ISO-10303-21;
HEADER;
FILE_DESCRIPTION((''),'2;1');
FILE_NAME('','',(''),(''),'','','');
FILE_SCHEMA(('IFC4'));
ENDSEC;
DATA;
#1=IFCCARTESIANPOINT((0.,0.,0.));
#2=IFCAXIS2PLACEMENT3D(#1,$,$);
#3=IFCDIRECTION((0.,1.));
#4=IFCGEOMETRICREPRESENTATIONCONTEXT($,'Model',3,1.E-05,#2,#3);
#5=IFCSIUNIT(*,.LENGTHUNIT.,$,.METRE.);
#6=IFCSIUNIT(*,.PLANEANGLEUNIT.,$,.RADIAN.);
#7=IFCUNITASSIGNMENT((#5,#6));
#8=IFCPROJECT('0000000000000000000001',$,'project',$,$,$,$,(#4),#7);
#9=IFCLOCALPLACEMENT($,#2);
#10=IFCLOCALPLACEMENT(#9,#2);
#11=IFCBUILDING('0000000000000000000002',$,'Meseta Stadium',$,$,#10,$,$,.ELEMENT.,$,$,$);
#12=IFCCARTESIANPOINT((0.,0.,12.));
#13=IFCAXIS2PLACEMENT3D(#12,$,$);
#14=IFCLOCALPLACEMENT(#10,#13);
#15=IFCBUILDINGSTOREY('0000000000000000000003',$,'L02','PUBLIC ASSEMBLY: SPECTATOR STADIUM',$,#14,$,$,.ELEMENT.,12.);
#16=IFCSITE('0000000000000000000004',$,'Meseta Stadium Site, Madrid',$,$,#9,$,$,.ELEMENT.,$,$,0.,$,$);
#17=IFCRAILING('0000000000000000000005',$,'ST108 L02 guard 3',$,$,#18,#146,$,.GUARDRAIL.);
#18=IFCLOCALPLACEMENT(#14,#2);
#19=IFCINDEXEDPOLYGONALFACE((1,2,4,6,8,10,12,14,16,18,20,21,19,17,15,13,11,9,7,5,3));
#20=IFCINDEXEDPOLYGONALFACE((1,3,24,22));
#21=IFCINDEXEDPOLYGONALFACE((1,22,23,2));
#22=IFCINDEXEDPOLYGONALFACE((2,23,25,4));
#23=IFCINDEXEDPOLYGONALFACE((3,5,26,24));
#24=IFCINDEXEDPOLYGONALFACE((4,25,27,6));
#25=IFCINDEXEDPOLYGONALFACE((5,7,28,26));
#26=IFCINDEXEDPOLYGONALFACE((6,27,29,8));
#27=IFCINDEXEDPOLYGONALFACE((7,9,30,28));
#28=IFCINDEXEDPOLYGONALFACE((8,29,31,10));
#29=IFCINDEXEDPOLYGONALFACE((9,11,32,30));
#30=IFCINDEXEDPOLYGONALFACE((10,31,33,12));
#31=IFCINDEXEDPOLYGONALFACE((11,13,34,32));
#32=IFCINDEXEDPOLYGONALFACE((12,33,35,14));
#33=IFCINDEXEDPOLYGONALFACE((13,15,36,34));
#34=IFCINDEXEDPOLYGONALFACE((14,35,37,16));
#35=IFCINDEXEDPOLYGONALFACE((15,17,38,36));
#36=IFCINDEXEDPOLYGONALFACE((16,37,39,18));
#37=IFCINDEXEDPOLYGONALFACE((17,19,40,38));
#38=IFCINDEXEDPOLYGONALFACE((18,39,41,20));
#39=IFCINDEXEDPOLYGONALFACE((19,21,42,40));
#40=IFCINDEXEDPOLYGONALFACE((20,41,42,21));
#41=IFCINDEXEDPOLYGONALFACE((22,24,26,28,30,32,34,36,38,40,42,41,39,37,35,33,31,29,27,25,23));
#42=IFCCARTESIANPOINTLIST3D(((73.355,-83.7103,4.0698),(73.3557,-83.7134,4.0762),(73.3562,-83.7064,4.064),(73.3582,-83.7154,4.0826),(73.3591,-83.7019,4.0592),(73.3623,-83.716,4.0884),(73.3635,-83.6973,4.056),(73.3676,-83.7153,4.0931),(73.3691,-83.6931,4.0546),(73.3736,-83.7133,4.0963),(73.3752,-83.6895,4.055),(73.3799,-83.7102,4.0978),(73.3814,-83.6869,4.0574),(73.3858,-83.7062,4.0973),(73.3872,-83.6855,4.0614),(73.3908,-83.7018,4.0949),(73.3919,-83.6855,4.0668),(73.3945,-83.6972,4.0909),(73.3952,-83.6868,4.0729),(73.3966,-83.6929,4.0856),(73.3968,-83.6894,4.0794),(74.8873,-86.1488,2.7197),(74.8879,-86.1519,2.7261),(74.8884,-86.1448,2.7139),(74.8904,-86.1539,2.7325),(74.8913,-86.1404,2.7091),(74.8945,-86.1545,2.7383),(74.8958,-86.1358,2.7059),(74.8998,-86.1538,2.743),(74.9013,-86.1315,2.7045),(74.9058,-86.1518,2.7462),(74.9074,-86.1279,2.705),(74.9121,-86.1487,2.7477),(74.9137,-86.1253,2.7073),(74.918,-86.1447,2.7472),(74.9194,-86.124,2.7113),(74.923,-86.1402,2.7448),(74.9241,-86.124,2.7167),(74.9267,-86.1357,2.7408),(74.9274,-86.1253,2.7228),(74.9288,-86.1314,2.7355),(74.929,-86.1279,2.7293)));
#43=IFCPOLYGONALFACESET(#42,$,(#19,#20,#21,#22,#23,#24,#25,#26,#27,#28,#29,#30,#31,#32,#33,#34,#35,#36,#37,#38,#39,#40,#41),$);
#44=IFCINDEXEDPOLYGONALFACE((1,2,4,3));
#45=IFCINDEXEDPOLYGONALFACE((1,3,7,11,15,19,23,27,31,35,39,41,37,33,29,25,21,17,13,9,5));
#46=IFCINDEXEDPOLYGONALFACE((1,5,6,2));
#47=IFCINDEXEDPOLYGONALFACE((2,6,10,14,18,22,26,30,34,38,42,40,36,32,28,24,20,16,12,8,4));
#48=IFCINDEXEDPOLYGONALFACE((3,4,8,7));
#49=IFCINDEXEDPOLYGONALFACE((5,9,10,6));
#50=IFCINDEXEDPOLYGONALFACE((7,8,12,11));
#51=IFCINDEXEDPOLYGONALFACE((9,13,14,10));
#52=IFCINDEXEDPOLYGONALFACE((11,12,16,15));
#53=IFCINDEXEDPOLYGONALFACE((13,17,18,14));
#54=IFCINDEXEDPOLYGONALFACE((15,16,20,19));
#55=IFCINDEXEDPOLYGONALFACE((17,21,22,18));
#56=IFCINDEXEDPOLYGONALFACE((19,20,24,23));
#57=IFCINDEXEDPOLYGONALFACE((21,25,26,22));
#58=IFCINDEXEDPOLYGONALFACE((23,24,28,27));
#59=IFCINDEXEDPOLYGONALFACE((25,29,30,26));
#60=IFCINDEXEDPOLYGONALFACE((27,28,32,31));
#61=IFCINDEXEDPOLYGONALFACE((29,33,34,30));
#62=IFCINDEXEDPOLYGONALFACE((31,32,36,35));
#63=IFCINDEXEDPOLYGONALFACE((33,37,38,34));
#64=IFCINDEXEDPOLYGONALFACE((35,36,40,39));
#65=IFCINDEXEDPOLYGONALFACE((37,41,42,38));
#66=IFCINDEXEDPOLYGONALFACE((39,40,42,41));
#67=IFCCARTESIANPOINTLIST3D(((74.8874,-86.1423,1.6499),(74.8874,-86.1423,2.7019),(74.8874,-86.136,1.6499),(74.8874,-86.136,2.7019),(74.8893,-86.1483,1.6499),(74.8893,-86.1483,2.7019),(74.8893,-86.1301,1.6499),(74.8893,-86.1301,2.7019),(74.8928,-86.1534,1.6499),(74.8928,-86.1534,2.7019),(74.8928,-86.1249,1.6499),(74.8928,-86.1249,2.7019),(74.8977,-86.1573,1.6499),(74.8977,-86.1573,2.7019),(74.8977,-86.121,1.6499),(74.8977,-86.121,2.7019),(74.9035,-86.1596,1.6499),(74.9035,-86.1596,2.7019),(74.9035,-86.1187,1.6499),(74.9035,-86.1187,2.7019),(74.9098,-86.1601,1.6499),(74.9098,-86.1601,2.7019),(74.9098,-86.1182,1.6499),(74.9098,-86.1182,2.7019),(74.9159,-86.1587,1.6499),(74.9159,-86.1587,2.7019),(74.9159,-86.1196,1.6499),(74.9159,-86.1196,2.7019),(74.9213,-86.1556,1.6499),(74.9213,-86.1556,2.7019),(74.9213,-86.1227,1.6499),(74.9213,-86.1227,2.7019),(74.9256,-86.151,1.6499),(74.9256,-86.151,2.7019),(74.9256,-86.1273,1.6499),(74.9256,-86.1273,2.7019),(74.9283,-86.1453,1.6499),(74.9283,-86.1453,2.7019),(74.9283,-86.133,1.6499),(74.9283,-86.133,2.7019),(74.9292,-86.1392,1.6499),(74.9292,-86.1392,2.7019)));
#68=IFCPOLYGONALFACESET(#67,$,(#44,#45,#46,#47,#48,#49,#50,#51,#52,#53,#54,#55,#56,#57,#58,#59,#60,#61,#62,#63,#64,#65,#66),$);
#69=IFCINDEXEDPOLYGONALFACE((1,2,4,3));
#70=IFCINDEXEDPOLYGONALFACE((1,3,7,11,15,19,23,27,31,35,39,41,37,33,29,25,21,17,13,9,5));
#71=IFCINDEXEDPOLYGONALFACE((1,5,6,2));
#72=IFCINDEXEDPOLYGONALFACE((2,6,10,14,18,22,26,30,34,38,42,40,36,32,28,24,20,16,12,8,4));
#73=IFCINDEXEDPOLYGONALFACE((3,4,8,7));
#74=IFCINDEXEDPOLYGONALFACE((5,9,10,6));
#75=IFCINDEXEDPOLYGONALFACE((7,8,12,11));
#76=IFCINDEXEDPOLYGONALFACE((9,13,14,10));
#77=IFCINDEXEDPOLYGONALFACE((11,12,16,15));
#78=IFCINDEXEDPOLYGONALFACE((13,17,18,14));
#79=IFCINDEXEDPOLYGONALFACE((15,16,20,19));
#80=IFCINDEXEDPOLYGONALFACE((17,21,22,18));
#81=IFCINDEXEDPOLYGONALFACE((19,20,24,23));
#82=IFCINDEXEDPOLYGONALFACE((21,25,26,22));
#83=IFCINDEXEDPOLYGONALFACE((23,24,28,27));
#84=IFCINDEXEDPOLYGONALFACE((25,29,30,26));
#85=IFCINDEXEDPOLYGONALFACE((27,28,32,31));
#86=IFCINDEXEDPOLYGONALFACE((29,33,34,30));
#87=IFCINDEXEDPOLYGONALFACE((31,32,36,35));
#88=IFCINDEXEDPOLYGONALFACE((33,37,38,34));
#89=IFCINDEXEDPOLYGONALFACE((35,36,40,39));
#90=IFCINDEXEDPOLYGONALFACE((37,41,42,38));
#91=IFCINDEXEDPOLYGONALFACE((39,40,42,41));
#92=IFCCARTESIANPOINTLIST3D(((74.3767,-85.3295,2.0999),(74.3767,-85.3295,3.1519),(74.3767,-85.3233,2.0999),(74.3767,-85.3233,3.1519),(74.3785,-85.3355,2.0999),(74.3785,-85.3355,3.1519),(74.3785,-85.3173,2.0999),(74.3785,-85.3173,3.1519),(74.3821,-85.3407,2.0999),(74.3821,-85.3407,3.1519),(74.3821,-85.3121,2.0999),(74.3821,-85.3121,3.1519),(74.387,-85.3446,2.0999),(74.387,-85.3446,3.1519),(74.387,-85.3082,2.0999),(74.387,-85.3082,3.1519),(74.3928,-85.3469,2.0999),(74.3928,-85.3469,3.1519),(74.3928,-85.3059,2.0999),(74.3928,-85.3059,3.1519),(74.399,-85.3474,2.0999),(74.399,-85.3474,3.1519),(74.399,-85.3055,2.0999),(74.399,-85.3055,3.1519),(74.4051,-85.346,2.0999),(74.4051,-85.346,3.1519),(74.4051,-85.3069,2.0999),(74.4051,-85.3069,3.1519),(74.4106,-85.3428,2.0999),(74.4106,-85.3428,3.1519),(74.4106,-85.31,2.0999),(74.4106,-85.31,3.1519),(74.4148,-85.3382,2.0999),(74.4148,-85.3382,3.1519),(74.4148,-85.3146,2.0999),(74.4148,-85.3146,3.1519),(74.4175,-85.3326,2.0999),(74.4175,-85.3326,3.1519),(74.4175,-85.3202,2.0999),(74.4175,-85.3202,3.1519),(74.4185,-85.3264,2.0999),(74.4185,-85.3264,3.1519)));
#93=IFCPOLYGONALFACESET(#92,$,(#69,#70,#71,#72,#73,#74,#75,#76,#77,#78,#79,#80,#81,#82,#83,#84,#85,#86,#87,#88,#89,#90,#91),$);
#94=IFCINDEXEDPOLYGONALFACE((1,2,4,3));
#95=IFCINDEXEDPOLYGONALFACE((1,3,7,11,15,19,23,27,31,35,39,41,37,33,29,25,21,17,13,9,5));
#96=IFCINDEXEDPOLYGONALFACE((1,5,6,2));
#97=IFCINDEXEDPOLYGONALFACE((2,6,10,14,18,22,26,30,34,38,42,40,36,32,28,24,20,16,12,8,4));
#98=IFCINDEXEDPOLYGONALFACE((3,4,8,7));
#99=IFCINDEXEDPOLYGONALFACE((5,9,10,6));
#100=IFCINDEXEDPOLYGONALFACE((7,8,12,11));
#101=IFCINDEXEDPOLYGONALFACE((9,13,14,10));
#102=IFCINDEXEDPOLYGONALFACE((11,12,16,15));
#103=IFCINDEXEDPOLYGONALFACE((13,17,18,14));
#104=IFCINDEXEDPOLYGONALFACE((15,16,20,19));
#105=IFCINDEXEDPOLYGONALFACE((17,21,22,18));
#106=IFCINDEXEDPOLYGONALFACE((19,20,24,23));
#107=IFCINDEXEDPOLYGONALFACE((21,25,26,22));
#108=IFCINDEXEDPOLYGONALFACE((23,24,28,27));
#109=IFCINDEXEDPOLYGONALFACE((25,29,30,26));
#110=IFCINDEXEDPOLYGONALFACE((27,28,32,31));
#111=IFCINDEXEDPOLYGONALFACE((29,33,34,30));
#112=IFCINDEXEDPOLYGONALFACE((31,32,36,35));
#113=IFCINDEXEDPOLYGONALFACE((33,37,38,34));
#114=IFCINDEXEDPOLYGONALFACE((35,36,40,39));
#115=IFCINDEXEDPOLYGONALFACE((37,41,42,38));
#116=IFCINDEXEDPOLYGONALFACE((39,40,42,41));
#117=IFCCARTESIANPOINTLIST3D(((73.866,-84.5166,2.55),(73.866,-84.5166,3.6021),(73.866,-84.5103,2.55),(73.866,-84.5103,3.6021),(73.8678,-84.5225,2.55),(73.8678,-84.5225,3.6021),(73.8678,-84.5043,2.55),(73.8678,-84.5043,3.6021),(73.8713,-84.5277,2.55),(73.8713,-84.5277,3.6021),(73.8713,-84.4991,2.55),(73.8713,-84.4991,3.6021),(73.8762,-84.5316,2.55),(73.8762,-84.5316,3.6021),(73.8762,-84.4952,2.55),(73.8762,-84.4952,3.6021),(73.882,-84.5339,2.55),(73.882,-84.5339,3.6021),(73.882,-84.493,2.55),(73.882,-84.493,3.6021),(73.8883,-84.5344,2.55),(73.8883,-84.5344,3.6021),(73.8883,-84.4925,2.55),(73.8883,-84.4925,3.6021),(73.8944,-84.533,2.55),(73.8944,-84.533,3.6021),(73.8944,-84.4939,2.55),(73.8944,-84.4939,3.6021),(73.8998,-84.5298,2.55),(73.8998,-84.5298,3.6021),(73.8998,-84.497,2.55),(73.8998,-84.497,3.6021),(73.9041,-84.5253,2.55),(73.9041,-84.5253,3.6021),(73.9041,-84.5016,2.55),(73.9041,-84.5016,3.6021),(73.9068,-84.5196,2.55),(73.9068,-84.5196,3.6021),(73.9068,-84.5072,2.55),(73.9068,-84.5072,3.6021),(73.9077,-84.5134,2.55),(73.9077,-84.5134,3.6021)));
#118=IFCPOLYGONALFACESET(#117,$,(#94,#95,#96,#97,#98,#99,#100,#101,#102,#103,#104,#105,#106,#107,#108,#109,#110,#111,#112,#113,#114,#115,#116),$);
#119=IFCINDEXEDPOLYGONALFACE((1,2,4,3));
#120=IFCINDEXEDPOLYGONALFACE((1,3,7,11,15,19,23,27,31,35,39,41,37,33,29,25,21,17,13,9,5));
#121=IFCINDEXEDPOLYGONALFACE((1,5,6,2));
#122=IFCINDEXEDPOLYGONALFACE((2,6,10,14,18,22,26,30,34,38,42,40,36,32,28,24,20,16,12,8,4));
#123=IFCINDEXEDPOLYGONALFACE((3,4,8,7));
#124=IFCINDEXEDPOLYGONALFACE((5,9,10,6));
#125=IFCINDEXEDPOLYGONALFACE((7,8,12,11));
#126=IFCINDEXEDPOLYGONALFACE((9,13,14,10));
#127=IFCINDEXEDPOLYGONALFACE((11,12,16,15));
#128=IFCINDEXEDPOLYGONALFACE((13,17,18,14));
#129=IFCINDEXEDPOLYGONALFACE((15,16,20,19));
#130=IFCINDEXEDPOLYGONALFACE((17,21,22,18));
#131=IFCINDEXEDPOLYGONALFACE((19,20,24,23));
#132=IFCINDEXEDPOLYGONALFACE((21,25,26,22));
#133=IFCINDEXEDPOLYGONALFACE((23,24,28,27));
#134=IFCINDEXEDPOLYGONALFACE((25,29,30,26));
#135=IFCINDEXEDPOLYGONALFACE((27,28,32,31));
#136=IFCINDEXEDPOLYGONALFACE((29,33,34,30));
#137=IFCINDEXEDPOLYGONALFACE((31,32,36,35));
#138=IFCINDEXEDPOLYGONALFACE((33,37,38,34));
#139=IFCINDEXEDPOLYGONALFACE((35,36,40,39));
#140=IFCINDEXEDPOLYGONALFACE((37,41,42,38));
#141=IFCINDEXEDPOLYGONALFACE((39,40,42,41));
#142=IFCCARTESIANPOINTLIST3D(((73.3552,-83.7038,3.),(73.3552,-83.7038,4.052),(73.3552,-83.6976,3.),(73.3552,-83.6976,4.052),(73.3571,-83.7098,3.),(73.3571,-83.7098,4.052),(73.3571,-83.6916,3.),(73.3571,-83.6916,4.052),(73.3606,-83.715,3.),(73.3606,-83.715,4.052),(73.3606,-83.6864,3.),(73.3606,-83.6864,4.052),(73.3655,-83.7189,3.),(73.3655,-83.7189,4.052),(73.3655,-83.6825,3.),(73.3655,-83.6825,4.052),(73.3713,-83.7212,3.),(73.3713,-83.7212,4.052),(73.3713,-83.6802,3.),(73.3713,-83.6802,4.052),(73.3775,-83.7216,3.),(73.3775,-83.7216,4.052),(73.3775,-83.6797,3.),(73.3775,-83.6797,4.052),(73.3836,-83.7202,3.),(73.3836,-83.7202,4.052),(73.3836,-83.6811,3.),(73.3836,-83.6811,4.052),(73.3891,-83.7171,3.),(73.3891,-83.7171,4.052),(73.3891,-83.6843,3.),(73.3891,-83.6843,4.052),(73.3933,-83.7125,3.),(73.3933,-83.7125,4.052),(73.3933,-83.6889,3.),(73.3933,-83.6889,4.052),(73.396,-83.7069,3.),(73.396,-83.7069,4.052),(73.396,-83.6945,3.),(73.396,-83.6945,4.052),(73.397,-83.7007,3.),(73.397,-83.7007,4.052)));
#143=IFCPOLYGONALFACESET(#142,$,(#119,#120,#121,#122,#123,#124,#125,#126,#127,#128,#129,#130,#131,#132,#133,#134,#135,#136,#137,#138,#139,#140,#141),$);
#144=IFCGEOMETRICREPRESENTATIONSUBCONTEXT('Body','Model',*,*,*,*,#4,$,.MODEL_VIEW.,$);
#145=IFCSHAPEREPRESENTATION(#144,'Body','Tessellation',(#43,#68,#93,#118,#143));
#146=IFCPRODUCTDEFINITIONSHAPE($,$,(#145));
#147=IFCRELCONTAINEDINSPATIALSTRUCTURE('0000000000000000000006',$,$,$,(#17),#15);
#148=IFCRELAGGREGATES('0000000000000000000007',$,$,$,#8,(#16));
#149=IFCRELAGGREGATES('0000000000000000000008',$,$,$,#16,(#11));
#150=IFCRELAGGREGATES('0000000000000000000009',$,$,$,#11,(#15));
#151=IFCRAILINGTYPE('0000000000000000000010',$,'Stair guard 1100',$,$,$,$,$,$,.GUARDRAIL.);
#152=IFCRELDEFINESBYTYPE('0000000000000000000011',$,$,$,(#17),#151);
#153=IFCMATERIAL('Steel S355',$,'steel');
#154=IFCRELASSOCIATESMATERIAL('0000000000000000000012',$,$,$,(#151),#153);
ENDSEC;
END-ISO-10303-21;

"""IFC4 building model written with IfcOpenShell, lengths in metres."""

from ifc_helpers import new_model, si_unit, direction, frame, origin, origin_2d, place, context, subcontext, project, spatial, circle, extrude, material, type_object, element, save


model = new_model("IFC4")

# Units and contexts
model_context = context("Model", 3, precision=1e-05, world=origin(), true_north=direction((0.0, 1.0)))
body_context = subcontext(model_context, "Body", "Model", "MODEL_VIEW")
ifc_project = project(units=[si_unit("LENGTHUNIT", "METRE"), si_unit("PLANEANGLEUNIT", "RADIAN")], contexts=[model_context])

# Site, building, storey
site_placement = place(None, origin())
site = spatial("IfcSite", under=ifc_project, at=site_placement, Name="Meseta Stadium Site, Madrid", CompositionType="ELEMENT", RefElevation=0.0)
building_placement = place(site_placement, origin())
building = spatial("IfcBuilding", under=site, at=building_placement, Name="Meseta Stadium", CompositionType="ELEMENT")
storey_placement = place(building_placement, frame((0.0, 0.0, 12.0)))
storey = spatial("IfcBuildingStorey", under=building, at=storey_placement, Name="L02", Description="PUBLIC ASSEMBLY: SPECTATOR STADIUM", CompositionType="ELEMENT", Elevation=12.0)

# Railing
ifc_material_1 = material(Name="Steel S355", Category="steel")
railing_type_1 = type_object("IfcRailingType", Name="Stair guard 1100", PredefinedType="GUARDRAIL", material=ifc_material_1)
railing_1_placement = place(storey_placement, frame((74.9082, -86.1392, 1.6499)))
element("IfcRailing", 1, at=railing_1_placement, inside=storey, type_object=railing_type_1, Name="ST108 L02 guard 3", PredefinedType="GUARDRAIL", context=body_context, shape_type="SweptSolid", body=[
    extrude(circle(Radius=0.0239, at=origin_2d()), frame((0.0, 0.0, 1.0762), z_axis=(-0.481731, 0.766655, 0.42447), x_axis=(-0.846719, -0.53204, 0.0)), (0.0, 0.0, 1.0), 3.1807),
    extrude(circle(Radius=0.021, at=origin_2d()), origin(), (0.0, 0.0, 1.0), 1.052),
    extrude(circle(Radius=0.021, at=origin_2d()), frame((-0.5107, 0.8127, 0.45)), (0.0, 0.0, 1.0), 1.052),
    extrude(circle(Radius=0.021, at=origin_2d()), frame((-1.0215, 1.6257, 0.9001)), (0.0, 0.0, 1.0), 1.052),
    extrude(circle(Radius=0.021, at=origin_2d()), frame((-1.5322, 2.4385, 1.3501)), (0.0, 0.0, 1.0), 1.052),
])

save(model, "model.ifc")
